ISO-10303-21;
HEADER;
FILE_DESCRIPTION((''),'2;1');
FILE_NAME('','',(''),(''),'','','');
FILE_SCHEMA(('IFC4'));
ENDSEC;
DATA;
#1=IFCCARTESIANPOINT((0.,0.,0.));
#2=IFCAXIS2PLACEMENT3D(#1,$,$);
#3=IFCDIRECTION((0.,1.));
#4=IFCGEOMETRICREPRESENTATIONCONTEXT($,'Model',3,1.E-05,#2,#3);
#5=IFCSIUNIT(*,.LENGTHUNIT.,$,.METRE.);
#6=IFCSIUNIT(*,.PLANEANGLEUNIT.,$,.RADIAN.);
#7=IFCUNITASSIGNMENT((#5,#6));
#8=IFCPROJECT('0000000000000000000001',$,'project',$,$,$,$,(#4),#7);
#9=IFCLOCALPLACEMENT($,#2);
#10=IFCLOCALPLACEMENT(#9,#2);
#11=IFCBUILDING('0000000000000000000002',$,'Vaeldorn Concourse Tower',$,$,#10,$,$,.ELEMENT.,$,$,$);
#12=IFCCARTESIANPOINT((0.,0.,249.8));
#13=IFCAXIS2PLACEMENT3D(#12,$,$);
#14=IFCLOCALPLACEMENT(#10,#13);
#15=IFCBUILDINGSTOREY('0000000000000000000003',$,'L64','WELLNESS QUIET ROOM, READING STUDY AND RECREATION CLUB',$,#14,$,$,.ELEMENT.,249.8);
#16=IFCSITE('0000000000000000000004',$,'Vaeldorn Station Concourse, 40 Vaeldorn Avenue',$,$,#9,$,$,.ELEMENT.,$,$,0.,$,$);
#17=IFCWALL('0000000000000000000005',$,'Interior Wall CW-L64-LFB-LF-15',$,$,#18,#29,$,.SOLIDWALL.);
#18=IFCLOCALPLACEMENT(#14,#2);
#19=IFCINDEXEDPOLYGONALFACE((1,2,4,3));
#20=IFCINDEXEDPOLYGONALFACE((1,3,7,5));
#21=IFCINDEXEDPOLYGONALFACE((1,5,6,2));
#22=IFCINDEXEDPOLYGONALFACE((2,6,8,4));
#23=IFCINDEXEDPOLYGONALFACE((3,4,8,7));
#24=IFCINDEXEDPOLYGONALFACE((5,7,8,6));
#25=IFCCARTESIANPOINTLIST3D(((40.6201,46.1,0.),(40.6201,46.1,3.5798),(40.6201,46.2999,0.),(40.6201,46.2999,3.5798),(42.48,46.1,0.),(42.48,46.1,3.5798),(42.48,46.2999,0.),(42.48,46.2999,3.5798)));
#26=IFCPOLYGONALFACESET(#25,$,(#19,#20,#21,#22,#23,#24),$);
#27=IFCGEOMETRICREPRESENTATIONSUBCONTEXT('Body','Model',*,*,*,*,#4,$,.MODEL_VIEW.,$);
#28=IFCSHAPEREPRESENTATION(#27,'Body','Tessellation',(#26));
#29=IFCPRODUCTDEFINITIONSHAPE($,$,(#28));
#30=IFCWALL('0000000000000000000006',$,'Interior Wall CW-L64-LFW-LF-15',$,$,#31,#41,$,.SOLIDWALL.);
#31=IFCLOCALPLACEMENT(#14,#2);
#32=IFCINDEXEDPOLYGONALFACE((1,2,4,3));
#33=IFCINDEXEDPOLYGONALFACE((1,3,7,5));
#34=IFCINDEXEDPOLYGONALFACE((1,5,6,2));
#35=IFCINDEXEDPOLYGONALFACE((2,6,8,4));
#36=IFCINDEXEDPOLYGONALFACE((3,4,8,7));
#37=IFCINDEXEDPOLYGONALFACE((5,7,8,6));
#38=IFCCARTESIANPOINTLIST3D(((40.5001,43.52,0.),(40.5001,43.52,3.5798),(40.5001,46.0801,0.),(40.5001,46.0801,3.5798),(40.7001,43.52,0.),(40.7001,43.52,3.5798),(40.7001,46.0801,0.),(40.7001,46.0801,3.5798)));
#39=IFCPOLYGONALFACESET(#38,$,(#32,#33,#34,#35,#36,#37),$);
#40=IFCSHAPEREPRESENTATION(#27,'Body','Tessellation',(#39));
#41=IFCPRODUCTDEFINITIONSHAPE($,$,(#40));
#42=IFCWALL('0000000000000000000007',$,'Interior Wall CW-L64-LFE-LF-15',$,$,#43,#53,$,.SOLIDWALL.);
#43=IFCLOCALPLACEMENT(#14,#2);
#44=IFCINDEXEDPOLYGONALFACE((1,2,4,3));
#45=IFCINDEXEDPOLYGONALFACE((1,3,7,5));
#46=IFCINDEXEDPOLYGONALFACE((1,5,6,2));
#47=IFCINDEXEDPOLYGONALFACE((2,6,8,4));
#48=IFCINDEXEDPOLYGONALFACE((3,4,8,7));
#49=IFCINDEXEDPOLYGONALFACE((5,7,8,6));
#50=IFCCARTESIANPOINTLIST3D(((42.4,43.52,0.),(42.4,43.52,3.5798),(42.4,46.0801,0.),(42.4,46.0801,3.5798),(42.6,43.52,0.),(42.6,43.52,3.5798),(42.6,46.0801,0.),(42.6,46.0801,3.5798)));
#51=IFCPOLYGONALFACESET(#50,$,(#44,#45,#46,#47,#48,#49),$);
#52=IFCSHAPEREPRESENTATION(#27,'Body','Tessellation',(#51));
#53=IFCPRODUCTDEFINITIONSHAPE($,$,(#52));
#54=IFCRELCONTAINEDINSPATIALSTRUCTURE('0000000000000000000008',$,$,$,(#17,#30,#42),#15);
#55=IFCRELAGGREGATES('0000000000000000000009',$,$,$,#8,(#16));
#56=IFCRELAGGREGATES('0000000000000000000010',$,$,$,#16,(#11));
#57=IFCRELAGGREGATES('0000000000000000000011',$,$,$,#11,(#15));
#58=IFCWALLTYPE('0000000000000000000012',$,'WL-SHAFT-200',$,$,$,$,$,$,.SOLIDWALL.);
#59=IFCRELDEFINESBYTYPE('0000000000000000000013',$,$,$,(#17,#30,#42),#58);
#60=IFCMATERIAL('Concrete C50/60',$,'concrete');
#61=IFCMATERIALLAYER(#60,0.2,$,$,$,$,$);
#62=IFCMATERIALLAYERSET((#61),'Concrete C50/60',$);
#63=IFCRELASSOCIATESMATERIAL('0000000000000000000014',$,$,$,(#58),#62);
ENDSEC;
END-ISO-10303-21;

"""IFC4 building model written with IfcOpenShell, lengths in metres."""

from ifc_helpers import new_model, si_unit, direction, frame, frame_2d, origin, place, context, subcontext, project, spatial, rectangle, extrude, material, layer, layer_set, type_object, element, save


model = new_model("IFC4")

# Units and contexts
model_context = context("Model", 3, precision=1e-05, world=origin(), true_north=direction((0.0, 1.0)))
body_context = subcontext(model_context, "Body", "Model", "MODEL_VIEW")
ifc_project = project(units=[si_unit("LENGTHUNIT", "METRE"), si_unit("PLANEANGLEUNIT", "RADIAN")], contexts=[model_context])

# Site, building, storey
site_placement = place(None, origin())
site = spatial("IfcSite", under=ifc_project, at=site_placement, Name="Vaeldorn Station Concourse, 40 Vaeldorn Avenue", CompositionType="ELEMENT", RefElevation=0.0)
building_placement = place(site_placement, origin())
building = spatial("IfcBuilding", under=site, at=building_placement, Name="Vaeldorn Concourse Tower", CompositionType="ELEMENT")
storey_placement = place(building_placement, frame((0.0, 0.0, 249.8)))
storey = spatial("IfcBuildingStorey", under=building, at=storey_placement, Name="L64", Description="WELLNESS QUIET ROOM, READING STUDY AND RECREATION CLUB", CompositionType="ELEMENT", Elevation=249.8)

# Shared definitions
ifc_material_1 = material(Name="Concrete C50/60", Category="concrete")

# Shared definitions
ifc_layer_1 = layer(ifc_material_1, 0.2)
ifc_layer_set_1 = layer_set([ifc_layer_1], Name="Concrete C50/60")
wall_type_1 = type_object("IfcWallType", Name="WL-SHAFT-200", PredefinedType="SOLIDWALL", material=ifc_layer_set_1)

# Walls
wall_1_placement = place(storey_placement, frame((40.6201, 46.2, 0.0), z_axis=(0.0, 0.0, 1.0), x_axis=(1.0, 0.0, 0.0)))
element("IfcWall", 1, at=wall_1_placement, inside=storey, type_object=wall_type_1, Name="Interior Wall CW-L64-LFB-LF-15", PredefinedType="SOLIDWALL", context=body_context, shape_type="SweptSolid", body=[
    extrude(rectangle(XDim=1.8599, YDim=0.2, at=frame_2d((0.9299, 0.0))), origin(), (0.0, 0.0, 1.0), 3.5798),
])
for number, where, z_axis, x_axis, name in (
    (2, (40.6001, 43.52, 0.0), (0.0, 0.0, 1.0), (0.0, 1.0, 0.0), "Interior Wall CW-L64-LFW-LF-15"),
    (3, (42.5, 43.52, 0.0), (0.0, 0.0, 1.0), (0.0, 1.0, 0.0), "Interior Wall CW-L64-LFE-LF-15"),
):
    element("IfcWall", number, at=place(storey_placement, frame(where, z_axis=z_axis, x_axis=x_axis)), inside=storey, type_object=wall_type_1, Name=name, PredefinedType="SOLIDWALL", context=body_context, shape_type="SweptSolid", body=[
        extrude(rectangle(XDim=2.5601, YDim=0.2, at=frame_2d((1.28, 0.0))), origin(), (0.0, 0.0, 1.0), 3.5798),
    ])

save(model, "model.ifc")
